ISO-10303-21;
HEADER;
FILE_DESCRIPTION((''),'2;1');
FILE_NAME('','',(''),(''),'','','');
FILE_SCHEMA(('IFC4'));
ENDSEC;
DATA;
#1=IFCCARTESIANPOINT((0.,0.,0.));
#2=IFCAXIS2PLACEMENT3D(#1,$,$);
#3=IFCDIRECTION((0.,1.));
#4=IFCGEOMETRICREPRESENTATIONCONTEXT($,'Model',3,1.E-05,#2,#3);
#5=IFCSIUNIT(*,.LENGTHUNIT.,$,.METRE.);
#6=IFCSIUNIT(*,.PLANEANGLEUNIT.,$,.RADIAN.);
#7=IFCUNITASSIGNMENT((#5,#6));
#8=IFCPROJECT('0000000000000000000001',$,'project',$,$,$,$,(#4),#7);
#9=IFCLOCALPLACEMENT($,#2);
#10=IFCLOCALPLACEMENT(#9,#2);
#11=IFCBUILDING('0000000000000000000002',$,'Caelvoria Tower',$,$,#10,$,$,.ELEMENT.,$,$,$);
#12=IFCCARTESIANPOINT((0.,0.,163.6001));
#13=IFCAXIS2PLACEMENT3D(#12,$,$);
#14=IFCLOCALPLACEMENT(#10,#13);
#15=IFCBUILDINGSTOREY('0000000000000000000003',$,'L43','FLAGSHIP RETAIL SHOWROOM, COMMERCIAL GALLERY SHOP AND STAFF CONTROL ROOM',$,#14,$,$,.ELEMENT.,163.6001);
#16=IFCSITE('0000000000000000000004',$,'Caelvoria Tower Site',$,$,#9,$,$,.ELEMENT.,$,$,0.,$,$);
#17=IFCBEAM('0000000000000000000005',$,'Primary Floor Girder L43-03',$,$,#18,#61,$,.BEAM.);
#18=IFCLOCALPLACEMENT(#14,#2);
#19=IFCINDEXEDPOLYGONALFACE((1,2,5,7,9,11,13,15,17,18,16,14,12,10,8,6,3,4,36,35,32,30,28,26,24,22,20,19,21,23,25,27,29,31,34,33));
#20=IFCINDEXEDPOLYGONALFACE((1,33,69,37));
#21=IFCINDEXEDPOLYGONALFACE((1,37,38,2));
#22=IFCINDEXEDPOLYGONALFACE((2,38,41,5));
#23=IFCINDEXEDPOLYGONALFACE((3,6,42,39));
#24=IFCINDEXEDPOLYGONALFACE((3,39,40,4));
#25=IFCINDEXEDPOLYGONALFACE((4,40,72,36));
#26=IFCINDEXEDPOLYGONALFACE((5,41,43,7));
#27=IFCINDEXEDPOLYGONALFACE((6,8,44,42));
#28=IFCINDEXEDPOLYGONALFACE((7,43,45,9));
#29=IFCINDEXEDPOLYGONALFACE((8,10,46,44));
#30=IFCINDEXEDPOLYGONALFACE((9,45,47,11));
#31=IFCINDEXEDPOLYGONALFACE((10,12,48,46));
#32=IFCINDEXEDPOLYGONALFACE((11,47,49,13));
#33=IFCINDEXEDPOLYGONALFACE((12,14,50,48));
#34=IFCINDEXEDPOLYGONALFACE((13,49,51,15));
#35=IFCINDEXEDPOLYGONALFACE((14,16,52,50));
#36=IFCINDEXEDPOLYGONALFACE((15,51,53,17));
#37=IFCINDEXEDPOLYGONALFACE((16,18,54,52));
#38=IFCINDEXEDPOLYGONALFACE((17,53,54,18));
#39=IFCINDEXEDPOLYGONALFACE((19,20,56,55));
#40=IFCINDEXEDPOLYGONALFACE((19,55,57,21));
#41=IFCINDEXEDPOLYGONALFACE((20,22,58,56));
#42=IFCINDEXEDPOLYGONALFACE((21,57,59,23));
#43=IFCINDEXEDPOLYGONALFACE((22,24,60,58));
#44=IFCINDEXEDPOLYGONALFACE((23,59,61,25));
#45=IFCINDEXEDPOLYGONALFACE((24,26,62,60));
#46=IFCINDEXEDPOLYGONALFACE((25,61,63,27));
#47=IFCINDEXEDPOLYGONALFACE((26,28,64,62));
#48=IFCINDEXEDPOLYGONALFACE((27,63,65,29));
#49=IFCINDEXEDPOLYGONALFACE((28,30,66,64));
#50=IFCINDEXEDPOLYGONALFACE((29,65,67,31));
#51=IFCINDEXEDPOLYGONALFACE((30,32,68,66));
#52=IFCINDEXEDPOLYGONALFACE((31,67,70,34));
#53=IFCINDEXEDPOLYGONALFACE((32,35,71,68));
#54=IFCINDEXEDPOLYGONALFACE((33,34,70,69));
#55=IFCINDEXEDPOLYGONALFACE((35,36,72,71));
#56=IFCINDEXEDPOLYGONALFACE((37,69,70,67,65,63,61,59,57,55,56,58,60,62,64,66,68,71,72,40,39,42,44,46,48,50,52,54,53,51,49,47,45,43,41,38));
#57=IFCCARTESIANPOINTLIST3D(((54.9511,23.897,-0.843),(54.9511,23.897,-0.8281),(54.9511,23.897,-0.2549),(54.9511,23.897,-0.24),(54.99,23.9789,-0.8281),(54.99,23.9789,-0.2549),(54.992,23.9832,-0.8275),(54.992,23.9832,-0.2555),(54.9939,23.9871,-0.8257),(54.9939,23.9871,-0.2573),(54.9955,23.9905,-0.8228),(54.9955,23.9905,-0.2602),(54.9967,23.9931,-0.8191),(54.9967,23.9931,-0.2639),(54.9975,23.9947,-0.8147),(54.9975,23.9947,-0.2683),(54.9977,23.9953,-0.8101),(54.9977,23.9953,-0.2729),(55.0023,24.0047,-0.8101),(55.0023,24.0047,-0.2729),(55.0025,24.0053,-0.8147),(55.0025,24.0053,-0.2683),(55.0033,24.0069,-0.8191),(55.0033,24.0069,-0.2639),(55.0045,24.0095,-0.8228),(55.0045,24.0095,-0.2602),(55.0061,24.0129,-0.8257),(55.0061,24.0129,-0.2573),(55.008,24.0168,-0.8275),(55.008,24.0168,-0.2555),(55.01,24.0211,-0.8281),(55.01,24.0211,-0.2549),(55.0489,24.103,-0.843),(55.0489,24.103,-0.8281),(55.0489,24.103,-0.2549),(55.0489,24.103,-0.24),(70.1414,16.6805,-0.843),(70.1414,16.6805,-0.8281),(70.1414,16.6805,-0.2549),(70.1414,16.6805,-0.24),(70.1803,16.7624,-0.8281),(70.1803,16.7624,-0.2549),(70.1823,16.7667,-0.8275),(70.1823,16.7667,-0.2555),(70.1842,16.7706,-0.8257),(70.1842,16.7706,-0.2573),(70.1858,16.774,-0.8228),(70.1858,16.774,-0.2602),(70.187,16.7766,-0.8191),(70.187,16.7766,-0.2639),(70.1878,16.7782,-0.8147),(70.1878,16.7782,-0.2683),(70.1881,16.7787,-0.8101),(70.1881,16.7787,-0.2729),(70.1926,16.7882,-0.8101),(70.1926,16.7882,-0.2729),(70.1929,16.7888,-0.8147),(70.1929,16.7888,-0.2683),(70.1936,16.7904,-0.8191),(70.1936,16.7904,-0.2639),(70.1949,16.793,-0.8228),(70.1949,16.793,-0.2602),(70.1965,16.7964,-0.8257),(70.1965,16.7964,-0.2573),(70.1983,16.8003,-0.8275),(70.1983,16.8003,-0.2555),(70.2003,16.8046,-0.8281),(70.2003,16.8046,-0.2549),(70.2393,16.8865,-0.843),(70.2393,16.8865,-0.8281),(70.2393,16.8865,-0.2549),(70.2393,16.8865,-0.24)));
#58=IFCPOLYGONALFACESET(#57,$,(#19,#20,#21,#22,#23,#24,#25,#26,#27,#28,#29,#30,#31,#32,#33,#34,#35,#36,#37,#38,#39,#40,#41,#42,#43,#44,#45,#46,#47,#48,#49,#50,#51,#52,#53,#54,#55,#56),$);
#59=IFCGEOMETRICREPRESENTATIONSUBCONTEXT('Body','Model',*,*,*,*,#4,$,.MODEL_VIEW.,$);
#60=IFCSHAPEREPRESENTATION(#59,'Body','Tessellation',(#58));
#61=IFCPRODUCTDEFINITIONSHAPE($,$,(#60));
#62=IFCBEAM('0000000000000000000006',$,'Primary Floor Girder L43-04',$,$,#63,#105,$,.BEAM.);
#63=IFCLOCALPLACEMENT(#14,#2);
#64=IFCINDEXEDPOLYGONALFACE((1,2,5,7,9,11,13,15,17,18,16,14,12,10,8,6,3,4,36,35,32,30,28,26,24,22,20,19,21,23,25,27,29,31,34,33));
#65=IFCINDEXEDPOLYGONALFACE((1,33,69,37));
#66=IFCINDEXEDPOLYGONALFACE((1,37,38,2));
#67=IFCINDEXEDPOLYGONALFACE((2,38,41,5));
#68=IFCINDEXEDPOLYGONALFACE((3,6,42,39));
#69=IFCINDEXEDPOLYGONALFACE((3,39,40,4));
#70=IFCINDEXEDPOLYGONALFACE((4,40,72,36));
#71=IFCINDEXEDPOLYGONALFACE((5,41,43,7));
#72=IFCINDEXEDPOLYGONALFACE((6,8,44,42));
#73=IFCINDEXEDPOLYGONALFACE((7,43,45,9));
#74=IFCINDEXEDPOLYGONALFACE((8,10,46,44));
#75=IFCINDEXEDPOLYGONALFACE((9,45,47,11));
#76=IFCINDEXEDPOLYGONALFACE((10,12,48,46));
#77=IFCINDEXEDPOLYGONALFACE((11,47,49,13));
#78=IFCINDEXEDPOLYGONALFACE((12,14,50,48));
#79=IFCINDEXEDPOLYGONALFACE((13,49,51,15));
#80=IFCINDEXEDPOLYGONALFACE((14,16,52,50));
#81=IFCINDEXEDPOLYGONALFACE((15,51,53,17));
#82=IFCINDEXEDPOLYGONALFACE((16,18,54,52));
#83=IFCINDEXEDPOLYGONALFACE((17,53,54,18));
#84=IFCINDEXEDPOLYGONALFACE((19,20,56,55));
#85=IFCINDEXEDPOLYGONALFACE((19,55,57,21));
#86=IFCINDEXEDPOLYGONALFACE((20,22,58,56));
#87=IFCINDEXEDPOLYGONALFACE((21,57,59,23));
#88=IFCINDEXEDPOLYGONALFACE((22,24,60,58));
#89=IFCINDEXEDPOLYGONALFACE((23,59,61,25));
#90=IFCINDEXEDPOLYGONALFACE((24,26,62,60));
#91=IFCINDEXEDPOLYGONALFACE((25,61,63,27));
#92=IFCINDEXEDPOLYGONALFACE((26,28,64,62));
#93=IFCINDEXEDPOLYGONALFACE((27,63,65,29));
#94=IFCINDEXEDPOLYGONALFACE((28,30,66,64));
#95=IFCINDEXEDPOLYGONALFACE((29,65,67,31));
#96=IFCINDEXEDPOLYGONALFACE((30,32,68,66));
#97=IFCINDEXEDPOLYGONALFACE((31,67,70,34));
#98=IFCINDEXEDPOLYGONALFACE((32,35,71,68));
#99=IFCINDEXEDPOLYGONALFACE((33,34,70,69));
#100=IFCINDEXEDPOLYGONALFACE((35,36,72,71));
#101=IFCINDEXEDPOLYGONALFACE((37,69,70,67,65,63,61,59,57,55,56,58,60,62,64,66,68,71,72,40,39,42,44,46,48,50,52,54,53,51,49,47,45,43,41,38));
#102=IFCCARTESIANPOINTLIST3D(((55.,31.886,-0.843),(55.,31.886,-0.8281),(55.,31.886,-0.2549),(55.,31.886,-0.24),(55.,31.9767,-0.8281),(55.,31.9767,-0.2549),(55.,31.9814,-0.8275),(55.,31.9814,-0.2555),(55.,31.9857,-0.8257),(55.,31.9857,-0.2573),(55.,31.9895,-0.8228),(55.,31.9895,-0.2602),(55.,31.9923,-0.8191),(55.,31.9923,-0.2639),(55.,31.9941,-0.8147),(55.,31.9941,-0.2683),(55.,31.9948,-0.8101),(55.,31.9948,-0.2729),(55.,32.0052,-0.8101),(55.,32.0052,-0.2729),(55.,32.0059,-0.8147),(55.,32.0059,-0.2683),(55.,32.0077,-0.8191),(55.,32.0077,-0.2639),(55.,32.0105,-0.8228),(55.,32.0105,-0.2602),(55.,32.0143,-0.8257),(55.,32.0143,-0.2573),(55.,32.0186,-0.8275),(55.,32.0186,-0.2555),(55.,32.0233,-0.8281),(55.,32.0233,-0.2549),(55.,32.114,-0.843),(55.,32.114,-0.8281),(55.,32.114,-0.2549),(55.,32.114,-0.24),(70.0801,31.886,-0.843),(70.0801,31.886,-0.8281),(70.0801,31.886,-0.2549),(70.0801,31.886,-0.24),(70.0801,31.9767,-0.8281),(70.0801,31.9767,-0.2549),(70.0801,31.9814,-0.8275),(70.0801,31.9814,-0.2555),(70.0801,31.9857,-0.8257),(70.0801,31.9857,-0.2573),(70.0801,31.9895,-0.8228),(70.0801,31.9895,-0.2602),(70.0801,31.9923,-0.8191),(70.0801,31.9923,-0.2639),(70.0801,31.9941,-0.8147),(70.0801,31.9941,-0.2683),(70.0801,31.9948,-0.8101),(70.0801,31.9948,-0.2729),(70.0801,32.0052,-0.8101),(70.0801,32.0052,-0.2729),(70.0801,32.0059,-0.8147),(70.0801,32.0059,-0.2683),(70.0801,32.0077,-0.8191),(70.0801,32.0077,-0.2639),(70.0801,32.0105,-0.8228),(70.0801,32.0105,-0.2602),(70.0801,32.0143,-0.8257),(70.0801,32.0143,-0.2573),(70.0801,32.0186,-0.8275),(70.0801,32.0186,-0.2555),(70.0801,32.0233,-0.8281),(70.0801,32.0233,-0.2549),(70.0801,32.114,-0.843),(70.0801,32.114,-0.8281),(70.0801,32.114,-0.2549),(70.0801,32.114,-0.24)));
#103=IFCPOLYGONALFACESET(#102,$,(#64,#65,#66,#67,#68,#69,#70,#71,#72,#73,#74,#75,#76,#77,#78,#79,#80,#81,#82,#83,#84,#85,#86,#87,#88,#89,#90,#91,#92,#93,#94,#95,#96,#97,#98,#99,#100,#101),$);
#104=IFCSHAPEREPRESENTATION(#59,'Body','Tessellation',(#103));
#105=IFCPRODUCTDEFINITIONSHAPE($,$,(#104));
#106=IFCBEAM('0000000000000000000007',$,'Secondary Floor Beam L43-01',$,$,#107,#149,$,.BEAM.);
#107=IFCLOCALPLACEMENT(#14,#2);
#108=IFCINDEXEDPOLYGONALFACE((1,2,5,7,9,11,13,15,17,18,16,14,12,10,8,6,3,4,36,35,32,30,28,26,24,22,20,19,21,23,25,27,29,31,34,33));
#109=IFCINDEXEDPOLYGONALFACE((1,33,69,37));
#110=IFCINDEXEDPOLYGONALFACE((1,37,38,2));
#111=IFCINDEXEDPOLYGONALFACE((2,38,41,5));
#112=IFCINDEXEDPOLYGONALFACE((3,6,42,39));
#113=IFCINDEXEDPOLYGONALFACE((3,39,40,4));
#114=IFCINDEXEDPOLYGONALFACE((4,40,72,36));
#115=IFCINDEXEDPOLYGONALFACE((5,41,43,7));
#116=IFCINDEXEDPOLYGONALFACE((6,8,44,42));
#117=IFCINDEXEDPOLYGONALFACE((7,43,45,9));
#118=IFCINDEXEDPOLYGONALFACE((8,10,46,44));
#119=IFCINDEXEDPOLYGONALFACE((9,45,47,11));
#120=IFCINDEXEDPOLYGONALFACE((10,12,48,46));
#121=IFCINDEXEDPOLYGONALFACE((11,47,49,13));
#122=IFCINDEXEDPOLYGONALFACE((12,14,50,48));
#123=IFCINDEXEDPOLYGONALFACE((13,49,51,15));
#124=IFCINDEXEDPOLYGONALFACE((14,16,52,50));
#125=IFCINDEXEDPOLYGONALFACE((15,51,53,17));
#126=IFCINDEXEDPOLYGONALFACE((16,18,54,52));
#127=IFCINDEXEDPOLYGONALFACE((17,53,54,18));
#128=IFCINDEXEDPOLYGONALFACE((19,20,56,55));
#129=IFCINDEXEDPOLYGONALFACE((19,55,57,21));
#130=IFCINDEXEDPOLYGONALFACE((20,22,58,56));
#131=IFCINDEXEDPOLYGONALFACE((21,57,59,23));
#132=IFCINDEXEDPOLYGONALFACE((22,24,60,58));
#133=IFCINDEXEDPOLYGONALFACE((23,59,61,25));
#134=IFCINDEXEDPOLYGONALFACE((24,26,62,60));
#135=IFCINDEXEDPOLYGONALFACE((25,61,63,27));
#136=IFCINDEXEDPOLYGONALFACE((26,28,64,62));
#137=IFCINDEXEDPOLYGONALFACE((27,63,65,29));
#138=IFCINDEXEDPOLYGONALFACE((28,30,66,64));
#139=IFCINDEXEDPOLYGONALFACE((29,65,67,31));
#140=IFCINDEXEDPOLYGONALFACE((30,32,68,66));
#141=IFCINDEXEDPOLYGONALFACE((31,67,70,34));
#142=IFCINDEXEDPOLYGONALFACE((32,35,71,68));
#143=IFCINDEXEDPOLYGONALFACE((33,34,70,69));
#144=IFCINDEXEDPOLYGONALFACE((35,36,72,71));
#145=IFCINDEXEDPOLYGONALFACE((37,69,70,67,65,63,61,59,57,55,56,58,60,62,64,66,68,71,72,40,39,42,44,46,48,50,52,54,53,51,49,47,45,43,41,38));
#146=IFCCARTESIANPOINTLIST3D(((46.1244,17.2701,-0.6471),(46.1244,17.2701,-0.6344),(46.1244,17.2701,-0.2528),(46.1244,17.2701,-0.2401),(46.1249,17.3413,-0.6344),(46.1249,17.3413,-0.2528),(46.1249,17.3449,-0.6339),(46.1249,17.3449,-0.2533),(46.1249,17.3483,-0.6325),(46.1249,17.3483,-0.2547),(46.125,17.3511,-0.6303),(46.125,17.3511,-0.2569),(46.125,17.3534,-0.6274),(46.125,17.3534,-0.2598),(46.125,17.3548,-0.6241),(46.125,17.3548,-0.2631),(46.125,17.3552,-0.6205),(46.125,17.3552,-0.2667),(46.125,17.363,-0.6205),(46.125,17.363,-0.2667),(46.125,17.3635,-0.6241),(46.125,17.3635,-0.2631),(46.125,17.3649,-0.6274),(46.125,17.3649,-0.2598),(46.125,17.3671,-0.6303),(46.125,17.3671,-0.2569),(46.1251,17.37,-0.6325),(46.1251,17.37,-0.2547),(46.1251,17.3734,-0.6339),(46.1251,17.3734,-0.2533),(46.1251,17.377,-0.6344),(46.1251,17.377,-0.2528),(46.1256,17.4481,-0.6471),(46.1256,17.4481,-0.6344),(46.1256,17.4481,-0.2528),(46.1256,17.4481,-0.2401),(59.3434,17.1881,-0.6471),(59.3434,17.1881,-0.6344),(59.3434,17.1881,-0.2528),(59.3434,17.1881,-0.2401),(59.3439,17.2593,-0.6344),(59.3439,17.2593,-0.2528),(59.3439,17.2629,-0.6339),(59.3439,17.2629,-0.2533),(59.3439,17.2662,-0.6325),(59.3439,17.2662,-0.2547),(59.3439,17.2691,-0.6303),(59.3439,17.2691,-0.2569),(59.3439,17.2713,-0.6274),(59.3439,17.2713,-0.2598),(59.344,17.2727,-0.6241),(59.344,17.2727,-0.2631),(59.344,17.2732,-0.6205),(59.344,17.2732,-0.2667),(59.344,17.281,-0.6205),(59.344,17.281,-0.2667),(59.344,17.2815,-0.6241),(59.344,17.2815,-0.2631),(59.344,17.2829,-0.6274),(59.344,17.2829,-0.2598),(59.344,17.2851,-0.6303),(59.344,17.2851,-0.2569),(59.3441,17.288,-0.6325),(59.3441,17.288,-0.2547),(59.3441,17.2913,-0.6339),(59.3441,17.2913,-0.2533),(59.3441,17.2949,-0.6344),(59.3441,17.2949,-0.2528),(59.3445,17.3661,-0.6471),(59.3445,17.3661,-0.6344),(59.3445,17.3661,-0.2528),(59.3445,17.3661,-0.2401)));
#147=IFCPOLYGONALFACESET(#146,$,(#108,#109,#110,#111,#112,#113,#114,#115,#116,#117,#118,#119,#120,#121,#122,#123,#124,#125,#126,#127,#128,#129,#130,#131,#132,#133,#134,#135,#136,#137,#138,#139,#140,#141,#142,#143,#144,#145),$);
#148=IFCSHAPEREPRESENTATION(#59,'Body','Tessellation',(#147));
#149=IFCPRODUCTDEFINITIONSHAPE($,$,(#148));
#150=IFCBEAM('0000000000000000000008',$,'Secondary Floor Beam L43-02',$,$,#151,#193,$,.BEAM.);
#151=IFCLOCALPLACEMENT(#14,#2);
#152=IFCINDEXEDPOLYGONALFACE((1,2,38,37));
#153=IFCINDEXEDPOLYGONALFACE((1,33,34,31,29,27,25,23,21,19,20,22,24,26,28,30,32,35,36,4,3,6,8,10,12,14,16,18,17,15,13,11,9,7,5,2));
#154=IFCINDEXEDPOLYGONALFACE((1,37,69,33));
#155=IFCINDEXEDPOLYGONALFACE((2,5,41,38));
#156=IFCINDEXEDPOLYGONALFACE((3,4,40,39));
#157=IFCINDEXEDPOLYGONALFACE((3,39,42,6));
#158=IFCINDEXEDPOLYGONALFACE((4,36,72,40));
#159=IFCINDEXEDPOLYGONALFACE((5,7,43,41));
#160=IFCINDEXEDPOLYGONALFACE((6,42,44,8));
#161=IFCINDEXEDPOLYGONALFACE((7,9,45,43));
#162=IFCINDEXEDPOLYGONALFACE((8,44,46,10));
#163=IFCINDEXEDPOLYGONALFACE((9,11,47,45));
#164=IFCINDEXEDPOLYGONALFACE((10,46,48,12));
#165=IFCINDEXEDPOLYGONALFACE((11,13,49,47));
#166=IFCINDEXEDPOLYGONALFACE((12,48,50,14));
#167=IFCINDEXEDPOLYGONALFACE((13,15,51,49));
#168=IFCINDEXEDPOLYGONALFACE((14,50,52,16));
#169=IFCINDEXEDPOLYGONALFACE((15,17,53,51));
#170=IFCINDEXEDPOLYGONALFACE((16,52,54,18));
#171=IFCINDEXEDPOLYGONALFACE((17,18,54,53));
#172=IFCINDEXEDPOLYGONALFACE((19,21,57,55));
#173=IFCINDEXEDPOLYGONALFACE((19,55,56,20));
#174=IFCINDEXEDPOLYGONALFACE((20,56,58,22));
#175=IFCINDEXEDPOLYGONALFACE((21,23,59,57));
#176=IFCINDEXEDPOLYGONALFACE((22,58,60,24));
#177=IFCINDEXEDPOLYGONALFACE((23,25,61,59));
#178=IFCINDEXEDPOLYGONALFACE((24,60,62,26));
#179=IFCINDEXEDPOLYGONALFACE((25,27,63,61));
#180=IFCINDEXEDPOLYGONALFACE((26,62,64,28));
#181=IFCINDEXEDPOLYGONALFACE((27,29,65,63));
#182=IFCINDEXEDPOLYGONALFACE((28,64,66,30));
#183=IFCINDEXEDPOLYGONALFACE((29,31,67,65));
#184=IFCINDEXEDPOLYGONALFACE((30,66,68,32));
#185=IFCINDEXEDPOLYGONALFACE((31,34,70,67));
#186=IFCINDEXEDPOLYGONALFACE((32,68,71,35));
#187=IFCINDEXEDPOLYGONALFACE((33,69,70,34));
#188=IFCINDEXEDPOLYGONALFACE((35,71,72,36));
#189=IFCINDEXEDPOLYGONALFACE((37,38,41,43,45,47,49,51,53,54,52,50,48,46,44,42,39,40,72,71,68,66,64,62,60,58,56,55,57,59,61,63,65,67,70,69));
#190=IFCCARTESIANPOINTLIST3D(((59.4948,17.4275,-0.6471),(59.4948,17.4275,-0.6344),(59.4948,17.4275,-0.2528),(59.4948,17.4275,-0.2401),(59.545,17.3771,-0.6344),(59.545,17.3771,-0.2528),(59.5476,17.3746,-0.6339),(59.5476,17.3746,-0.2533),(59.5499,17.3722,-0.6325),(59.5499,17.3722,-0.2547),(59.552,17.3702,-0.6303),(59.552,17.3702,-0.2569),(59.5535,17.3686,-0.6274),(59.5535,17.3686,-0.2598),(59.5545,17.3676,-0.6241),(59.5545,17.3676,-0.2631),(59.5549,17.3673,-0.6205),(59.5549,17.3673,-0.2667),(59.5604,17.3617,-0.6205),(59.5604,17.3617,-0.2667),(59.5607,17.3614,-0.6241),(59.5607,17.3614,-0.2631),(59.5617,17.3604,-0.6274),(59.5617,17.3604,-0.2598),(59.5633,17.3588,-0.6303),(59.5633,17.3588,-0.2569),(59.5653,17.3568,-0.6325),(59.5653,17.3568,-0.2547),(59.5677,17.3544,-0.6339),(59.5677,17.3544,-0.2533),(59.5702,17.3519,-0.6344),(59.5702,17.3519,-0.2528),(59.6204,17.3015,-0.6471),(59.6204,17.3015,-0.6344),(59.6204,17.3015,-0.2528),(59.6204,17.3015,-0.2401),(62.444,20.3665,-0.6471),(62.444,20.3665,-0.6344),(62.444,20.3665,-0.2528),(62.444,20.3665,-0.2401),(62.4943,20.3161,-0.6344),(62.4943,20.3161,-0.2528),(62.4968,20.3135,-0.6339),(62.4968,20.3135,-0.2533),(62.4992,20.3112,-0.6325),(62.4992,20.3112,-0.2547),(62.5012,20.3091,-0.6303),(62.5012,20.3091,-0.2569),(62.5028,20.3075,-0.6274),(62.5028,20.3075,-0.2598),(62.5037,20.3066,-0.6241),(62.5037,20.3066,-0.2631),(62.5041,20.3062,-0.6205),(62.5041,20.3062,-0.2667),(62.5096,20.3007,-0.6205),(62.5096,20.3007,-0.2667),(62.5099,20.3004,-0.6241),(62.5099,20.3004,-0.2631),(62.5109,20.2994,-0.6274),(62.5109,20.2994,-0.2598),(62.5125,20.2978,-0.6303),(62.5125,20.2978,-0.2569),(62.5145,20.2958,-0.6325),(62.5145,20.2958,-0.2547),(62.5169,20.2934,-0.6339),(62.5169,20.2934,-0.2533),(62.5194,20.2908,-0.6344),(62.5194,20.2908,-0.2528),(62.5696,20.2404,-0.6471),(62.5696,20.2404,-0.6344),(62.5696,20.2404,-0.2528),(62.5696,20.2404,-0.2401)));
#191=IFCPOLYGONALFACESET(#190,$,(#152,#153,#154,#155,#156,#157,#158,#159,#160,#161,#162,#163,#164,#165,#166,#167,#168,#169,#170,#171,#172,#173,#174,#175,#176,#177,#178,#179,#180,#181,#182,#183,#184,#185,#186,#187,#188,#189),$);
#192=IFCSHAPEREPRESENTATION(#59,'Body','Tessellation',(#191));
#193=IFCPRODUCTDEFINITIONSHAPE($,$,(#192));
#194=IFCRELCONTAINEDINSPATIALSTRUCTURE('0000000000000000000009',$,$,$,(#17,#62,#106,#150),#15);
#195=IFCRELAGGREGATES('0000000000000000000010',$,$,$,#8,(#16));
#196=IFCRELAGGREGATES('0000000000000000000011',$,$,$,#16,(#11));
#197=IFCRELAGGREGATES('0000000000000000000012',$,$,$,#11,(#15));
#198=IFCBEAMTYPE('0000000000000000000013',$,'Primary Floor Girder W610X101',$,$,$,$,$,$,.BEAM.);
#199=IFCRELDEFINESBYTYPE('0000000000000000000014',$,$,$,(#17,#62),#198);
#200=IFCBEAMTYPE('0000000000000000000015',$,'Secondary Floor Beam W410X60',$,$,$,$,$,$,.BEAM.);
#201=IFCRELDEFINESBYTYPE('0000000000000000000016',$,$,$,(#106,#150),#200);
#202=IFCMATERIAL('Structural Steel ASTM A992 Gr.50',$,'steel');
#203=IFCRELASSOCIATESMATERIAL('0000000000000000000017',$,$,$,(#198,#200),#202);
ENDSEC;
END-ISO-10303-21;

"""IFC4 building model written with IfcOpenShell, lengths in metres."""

from ifc_helpers import new_model, si_unit, direction, frame, origin, origin_2d, place, context, subcontext, project, spatial, i_section, extrude, material, material_profile, profile_set, type_object, element, save


model = new_model("IFC4")

# Units and contexts
model_context = context("Model", 3, precision=1e-05, world=origin(), true_north=direction((0.0, 1.0)))
body_context = subcontext(model_context, "Body", "Model", "MODEL_VIEW")
ifc_project = project(units=[si_unit("LENGTHUNIT", "METRE"), si_unit("PLANEANGLEUNIT", "RADIAN")], contexts=[model_context])

# Site, building, storey
site_placement = place(None, origin())
site = spatial("IfcSite", under=ifc_project, at=site_placement, Name="Caelvoria Tower Site", CompositionType="ELEMENT", RefElevation=0.0)
building_placement = place(site_placement, origin())
building = spatial("IfcBuilding", under=site, at=building_placement, Name="Caelvoria Tower", CompositionType="ELEMENT")
storey_placement = place(building_placement, frame((0.0, 0.0, 163.6001)))
storey = spatial("IfcBuildingStorey", under=building, at=storey_placement, Name="L43", Description="FLAGSHIP RETAIL SHOWROOM, COMMERCIAL GALLERY SHOP AND STAFF CONTROL ROOM", CompositionType="ELEMENT", Elevation=163.6001)

# Shared definitions
ifc_material_1 = material(Name="Structural Steel ASTM A992 Gr.50", Category="steel")

# Beams
ifc_material_profile_1 = material_profile(ifc_material_1, i_section(OverallWidth=0.228, OverallDepth=0.603, WebThickness=0.0105, FlangeThickness=0.0149, FilletRadius=0.0181, at=origin_2d()), Name="Structural Steel ASTM A992 Gr.50")
ifc_profile_set_1 = profile_set([ifc_material_profile_1], Name="W610X101 - Structural Steel ASTM A992 Gr.50")
beam_type_1 = type_object("IfcBeamType", Name="Primary Floor Girder W610X101", PredefinedType="BEAM", material=ifc_profile_set_1)
beam_1_placement = place(storey_placement, frame((55.0, 24.0, -0.5415), z_axis=(0.903252, -0.42911, 0.0), x_axis=(0.42911, 0.903252, 0.0)))
element("IfcBeam", 1, at=beam_1_placement, inside=storey, type_object=beam_type_1, Name="Primary Floor Girder L43-03", PredefinedType="BEAM", context=body_context, shape_type="SweptSolid", body=[
    extrude(i_section(OverallWidth=0.228, OverallDepth=0.603, WebThickness=0.0105, FlangeThickness=0.0149, FilletRadius=0.0181, at=origin_2d()), origin(), (0.0, 0.0, 1.0), 16.8174),
])
beam_2_placement = place(storey_placement, frame((55.0, 32.0, -0.5415), z_axis=(1.0, 0.0, 0.0), x_axis=(0.0, 1.0, 0.0)))
element("IfcBeam", 2, at=beam_2_placement, inside=storey, type_object=beam_type_1, Name="Primary Floor Girder L43-04", PredefinedType="BEAM", context=body_context, shape_type="SweptSolid", body=[
    extrude(i_section(OverallWidth=0.228, OverallDepth=0.603, WebThickness=0.0105, FlangeThickness=0.0149, FilletRadius=0.0181, at=origin_2d()), origin(), (0.0, 0.0, 1.0), 15.0801),
])
ifc_material_profile_2 = material_profile(ifc_material_1, i_section(OverallWidth=0.178, OverallDepth=0.407, WebThickness=0.0078, FlangeThickness=0.0127, FilletRadius=0.0139, at=origin_2d()), Name="Structural Steel ASTM A992 Gr.50")
ifc_profile_set_2 = profile_set([ifc_material_profile_2], Name="W410X60 - Structural Steel ASTM A992 Gr.50")
beam_type_2 = type_object("IfcBeamType", Name="Secondary Floor Beam W410X60", PredefinedType="BEAM", material=ifc_profile_set_2)
beam_3_placement = place(storey_placement, frame((46.125, 17.3591, -0.4436), z_axis=(0.999981, -0.006205, 0.0), x_axis=(0.006205, 0.999981, 0.0)))
element("IfcBeam", 3, at=beam_3_placement, inside=storey, type_object=beam_type_2, Name="Secondary Floor Beam L43-01", PredefinedType="BEAM", context=body_context, shape_type="SweptSolid", body=[
    extrude(i_section(OverallWidth=0.178, OverallDepth=0.407, WebThickness=0.0078, FlangeThickness=0.0127, FilletRadius=0.0139, at=origin_2d()), origin(), (0.0, 0.0, 1.0), 13.2192),
])
beam_4_placement = place(storey_placement, frame((59.5576, 17.3645, -0.4436), z_axis=(0.708337, 0.705874, 0.0), x_axis=(-0.705874, 0.708337, 0.0)))
element("IfcBeam", 4, at=beam_4_placement, inside=storey, type_object=beam_type_2, Name="Secondary Floor Beam L43-02", PredefinedType="BEAM", context=body_context, shape_type="SweptSolid", body=[
    extrude(i_section(OverallWidth=0.178, OverallDepth=0.407, WebThickness=0.0078, FlangeThickness=0.0127, FilletRadius=0.0139, at=origin_2d()), origin(), (0.0, 0.0, 1.0), 4.1636),
])

save(model, "model.ifc")
